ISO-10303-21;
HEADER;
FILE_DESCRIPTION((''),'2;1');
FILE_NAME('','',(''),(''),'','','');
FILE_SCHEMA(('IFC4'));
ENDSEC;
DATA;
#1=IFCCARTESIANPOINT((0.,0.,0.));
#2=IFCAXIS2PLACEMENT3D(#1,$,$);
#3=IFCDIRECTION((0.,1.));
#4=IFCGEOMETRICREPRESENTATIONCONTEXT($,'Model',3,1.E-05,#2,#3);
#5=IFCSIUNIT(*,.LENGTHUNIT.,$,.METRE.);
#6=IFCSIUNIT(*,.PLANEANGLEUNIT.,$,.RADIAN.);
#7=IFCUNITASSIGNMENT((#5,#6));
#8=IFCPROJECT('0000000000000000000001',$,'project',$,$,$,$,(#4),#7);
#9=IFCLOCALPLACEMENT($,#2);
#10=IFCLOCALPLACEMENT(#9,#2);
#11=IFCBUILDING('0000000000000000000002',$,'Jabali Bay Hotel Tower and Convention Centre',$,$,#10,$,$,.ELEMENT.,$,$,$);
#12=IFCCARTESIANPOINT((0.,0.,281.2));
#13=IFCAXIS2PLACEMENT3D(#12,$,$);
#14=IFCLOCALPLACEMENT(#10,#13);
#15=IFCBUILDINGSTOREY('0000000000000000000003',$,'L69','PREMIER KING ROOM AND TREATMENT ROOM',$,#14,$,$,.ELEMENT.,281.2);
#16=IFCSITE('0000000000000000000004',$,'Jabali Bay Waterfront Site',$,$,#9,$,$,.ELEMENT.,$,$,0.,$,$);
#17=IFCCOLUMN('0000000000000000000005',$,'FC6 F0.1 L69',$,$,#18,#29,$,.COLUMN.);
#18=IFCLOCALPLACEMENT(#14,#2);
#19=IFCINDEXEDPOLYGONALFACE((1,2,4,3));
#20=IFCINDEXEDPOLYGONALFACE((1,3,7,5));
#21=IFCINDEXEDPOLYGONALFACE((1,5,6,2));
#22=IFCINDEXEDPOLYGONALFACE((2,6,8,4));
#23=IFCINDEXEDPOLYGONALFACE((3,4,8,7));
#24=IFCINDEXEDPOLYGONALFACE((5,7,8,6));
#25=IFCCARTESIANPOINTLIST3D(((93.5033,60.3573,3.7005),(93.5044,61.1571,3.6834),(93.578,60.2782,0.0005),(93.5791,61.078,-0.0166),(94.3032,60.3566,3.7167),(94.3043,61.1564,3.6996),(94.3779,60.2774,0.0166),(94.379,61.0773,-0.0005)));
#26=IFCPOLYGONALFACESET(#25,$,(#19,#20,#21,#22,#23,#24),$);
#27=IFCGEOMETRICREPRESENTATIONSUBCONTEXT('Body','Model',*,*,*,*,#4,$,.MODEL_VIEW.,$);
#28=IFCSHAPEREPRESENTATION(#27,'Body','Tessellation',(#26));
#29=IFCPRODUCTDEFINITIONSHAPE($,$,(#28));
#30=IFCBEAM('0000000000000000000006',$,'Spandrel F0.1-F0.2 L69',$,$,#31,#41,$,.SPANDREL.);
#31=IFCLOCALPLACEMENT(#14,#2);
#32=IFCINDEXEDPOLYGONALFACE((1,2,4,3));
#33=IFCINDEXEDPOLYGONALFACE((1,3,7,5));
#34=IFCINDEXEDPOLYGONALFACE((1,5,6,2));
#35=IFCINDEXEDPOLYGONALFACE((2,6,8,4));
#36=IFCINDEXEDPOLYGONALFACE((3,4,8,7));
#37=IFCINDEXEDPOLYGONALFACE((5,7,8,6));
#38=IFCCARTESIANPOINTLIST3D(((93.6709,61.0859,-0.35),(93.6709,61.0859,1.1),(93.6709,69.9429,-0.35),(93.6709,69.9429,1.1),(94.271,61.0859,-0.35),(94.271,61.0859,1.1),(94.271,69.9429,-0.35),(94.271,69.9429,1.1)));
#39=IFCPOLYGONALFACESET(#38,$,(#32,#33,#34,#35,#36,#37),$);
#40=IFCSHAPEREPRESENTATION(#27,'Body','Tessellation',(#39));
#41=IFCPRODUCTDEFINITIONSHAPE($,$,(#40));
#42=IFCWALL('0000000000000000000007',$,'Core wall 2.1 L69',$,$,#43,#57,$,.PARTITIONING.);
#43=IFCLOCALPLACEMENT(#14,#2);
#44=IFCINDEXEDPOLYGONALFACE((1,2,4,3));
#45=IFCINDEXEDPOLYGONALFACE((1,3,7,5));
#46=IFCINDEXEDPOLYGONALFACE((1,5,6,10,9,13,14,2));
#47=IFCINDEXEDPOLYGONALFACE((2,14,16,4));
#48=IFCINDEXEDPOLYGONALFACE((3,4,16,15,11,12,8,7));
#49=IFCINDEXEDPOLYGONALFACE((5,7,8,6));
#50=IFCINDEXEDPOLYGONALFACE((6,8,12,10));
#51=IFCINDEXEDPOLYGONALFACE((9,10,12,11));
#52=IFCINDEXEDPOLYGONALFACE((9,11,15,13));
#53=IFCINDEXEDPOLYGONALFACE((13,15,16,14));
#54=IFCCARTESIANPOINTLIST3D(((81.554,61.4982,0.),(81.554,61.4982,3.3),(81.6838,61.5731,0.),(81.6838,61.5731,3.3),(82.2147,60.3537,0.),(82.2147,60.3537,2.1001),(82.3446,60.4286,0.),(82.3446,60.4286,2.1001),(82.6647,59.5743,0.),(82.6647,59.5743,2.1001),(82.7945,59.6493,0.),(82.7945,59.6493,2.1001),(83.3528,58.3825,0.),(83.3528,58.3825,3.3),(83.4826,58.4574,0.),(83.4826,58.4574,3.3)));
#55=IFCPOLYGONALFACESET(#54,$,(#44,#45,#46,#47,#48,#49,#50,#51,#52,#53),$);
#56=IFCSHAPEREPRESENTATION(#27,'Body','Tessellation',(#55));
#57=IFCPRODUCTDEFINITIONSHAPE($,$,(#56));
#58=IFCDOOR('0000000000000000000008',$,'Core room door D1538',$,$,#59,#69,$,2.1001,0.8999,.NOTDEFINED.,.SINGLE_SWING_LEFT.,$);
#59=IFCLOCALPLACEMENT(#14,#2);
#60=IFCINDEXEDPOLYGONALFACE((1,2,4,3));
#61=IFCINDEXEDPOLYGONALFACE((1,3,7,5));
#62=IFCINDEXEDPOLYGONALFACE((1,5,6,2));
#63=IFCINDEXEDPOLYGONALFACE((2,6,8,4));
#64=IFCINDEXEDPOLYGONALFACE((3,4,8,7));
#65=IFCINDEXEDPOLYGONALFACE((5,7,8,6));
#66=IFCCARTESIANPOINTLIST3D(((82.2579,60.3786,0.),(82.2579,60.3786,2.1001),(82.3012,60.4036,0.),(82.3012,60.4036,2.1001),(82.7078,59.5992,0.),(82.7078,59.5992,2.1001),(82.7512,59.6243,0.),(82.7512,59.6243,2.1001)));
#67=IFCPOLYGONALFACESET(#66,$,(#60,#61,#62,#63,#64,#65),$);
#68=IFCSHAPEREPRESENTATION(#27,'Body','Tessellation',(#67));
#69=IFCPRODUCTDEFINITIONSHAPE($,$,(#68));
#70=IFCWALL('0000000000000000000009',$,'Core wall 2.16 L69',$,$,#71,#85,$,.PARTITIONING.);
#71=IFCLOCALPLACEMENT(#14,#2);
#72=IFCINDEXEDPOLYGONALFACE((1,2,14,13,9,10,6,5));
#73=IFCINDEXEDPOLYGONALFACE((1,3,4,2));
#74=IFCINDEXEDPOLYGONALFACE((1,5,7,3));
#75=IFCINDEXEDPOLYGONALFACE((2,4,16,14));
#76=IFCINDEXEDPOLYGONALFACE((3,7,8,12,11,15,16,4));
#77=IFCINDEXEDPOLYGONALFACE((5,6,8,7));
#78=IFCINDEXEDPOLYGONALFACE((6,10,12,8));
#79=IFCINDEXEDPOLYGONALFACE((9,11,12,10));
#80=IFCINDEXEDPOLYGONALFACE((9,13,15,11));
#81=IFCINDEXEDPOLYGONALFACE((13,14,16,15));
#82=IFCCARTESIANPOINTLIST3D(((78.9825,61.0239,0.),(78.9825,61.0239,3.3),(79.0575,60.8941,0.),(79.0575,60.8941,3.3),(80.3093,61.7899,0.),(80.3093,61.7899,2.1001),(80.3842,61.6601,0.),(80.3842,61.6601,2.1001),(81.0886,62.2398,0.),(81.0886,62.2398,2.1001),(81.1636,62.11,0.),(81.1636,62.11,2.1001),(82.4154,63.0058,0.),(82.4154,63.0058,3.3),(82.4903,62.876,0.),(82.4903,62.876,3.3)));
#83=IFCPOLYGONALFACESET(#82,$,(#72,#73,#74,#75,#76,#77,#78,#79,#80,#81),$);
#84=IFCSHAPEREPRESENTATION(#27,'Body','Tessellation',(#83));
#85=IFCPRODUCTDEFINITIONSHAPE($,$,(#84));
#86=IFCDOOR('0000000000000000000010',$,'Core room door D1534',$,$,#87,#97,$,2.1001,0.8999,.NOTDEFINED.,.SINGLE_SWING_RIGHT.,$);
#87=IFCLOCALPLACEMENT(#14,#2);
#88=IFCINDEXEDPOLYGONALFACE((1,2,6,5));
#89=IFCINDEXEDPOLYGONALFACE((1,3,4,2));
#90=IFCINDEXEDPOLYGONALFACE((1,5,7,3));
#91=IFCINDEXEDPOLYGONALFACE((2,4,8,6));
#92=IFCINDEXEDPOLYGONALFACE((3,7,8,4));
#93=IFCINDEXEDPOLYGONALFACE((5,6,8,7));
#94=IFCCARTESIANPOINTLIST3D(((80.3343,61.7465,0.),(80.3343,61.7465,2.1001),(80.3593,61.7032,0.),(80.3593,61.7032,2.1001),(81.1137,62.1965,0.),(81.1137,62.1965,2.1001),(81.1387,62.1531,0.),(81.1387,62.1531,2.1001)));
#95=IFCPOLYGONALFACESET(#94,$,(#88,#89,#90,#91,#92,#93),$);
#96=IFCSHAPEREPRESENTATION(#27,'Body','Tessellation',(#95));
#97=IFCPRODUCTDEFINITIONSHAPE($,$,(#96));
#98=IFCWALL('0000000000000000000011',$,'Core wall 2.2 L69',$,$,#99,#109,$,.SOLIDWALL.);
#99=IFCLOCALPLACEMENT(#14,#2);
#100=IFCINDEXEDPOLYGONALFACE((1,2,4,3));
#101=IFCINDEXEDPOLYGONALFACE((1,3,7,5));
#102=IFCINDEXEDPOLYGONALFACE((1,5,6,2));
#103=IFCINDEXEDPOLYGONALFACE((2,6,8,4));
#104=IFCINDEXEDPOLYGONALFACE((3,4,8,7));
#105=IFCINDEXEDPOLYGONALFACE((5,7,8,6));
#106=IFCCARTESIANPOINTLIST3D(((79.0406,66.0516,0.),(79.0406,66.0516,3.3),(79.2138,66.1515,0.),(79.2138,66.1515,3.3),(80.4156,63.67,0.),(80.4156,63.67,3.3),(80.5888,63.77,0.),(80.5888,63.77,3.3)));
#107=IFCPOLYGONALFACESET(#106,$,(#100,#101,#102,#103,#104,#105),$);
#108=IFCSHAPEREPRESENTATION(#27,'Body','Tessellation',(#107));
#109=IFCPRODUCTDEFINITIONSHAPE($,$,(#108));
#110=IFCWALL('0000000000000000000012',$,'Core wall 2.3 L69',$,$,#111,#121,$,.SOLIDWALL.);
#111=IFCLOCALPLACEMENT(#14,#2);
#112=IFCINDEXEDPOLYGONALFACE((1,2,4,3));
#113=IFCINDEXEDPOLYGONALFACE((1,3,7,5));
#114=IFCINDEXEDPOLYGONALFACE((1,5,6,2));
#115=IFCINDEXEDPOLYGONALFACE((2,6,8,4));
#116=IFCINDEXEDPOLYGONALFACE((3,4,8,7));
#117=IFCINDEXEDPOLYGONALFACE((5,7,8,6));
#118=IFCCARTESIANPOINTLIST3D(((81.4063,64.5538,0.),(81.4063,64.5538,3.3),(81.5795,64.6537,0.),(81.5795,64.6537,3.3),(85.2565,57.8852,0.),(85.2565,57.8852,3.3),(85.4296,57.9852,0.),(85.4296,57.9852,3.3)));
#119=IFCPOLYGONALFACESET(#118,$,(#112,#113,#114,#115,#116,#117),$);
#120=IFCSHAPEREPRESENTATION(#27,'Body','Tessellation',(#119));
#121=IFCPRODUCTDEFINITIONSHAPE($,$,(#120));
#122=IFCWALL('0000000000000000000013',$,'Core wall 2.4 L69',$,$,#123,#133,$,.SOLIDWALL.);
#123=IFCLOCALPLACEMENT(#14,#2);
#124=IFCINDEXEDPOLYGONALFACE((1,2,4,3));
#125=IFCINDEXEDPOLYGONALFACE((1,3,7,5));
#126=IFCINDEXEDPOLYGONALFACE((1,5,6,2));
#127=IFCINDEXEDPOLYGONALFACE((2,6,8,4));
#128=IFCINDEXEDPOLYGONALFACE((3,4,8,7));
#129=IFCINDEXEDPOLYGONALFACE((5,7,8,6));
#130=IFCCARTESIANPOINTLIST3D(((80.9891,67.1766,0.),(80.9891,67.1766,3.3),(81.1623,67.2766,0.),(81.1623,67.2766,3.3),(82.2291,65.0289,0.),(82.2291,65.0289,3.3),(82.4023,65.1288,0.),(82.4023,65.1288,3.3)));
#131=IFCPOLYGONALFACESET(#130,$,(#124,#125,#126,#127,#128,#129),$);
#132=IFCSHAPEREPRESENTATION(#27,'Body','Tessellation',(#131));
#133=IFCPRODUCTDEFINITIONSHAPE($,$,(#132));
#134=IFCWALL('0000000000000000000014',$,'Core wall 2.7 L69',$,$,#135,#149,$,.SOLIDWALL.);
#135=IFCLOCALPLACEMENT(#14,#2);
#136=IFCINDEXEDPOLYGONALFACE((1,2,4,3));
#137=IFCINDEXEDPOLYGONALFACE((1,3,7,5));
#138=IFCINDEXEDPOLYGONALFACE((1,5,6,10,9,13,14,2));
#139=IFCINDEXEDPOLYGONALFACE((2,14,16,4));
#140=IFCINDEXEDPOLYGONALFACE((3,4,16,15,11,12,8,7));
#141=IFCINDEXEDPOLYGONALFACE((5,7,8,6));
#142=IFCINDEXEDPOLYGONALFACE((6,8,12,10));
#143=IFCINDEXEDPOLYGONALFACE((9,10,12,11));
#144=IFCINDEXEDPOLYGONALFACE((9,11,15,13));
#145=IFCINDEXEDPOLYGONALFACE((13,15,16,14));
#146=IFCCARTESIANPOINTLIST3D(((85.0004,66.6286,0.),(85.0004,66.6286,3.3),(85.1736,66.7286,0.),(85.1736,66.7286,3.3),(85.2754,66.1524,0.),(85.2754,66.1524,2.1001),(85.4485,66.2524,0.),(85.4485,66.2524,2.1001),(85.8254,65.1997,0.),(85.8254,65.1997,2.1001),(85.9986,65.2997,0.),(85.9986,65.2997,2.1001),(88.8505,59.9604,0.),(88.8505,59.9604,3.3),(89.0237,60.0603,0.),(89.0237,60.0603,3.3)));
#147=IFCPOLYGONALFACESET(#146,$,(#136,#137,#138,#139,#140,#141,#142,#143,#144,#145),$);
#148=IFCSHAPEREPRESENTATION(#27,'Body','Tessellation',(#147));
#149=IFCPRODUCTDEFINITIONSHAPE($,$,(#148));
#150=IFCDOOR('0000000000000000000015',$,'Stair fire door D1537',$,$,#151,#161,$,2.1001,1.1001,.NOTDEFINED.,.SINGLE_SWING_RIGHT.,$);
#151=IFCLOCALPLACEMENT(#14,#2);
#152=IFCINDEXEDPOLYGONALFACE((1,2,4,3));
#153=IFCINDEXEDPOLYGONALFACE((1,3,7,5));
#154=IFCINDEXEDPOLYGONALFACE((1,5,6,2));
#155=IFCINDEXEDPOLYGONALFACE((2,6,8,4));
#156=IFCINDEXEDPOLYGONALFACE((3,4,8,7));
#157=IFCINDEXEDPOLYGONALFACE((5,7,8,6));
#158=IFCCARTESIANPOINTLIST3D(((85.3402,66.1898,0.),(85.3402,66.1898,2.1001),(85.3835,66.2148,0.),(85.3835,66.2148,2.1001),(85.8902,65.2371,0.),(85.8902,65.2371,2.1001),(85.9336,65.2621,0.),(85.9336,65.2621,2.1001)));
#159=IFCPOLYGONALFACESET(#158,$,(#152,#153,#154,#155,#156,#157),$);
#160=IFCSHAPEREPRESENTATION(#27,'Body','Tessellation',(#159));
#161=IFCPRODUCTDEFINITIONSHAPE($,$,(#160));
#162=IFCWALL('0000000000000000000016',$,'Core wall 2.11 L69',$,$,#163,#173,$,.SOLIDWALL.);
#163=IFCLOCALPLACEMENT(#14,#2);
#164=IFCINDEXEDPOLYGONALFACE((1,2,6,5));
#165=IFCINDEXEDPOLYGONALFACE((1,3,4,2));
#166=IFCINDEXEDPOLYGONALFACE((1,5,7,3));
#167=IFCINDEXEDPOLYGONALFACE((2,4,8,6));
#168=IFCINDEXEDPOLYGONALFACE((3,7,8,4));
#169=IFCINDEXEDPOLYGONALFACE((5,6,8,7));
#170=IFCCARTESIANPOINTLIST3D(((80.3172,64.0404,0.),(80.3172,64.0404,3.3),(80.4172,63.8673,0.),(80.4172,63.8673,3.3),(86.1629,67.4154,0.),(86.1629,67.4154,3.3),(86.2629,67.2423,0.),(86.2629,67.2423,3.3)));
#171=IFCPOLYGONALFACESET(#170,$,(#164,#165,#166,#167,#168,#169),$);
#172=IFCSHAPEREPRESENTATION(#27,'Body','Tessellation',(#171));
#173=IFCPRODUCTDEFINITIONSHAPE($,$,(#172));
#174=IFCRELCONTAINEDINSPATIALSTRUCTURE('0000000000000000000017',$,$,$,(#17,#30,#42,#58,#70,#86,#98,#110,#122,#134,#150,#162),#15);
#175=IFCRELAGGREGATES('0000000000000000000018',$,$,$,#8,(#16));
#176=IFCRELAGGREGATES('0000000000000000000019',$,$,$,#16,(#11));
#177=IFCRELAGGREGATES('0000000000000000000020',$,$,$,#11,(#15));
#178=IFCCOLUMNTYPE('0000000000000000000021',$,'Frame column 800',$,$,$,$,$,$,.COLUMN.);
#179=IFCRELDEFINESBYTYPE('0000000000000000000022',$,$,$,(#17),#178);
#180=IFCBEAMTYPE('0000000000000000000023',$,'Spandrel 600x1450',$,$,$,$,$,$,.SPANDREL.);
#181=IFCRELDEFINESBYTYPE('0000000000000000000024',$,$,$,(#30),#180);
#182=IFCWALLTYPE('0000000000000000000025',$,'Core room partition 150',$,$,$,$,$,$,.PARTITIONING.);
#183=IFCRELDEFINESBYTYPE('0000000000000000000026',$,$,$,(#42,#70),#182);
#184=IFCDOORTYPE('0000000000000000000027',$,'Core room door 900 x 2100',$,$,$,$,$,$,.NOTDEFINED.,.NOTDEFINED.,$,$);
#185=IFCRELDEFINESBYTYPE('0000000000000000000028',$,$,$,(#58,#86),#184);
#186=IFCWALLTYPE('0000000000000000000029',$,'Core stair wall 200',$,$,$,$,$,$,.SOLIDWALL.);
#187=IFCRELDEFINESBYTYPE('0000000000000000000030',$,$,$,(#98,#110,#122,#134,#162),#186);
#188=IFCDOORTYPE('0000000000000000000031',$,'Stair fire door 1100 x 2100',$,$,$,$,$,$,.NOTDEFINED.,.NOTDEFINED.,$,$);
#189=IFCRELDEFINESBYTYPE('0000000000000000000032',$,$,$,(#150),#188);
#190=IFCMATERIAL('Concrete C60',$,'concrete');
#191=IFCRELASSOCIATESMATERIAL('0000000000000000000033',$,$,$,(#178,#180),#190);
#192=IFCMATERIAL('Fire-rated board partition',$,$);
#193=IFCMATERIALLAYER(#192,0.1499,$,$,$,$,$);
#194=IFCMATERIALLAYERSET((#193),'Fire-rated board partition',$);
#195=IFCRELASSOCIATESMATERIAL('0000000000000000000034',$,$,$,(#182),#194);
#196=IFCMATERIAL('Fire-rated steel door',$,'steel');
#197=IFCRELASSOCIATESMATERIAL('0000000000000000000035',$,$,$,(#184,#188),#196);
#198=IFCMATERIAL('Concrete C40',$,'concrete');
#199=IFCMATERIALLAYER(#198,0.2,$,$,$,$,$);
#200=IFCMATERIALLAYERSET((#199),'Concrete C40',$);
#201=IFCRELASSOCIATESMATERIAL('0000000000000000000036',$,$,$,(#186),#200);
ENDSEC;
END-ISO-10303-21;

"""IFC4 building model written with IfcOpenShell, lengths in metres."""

from ifc_helpers import new_model, si_unit, direction, frame, frame_2d, origin, origin_2d, place, context, subcontext, project, spatial, rectangle, extrude, material, layer, layer_set, material_profile, profile_set, type_object, element, fill, save


model = new_model("IFC4")

# Units and contexts
model_context = context("Model", 3, precision=1e-05, world=origin(), true_north=direction((0.0, 1.0)))
body_context = subcontext(model_context, "Body", "Model", "MODEL_VIEW")
ifc_project = project(units=[si_unit("LENGTHUNIT", "METRE"), si_unit("PLANEANGLEUNIT", "RADIAN")], contexts=[model_context])

# Site, building, storey
site_placement = place(None, origin())
site = spatial("IfcSite", under=ifc_project, at=site_placement, Name="Jabali Bay Waterfront Site", CompositionType="ELEMENT", RefElevation=0.0)
building_placement = place(site_placement, origin())
building = spatial("IfcBuilding", under=site, at=building_placement, Name="Jabali Bay Hotel Tower and Convention Centre", CompositionType="ELEMENT")
storey_placement = place(building_placement, frame((0.0, 0.0, 281.2)))
storey = spatial("IfcBuildingStorey", under=building, at=storey_placement, Name="L69", Description="PREMIER KING ROOM AND TREATMENT ROOM", CompositionType="ELEMENT", Elevation=281.2)

# Column
ifc_material_1 = material(Name="Concrete C60", Category="concrete")
ifc_material_profile_1 = material_profile(ifc_material_1, rectangle(XDim=0.8, YDim=0.8, at=origin_2d()), Name="Frame column 800")
ifc_profile_set_1 = profile_set([ifc_material_profile_1], Name="Concrete C60")
column_type = type_object("IfcColumnType", Name="Frame column 800", PredefinedType="COLUMN", material=ifc_profile_set_1)
column_placement = place(storey_placement, frame((93.9785, 60.6777, 0.0), z_axis=(-0.020183, 0.02137, 0.999568), x_axis=(-0.001315, -0.999771, 0.021348)))
element("IfcColumn", 1, at=column_placement, inside=storey, type_object=column_type, Name="FC6 F0.1 L69", PredefinedType="COLUMN", context=body_context, shape_type="SweptSolid", body=[
    extrude(rectangle(XDim=0.8, YDim=0.8, at=origin_2d()), origin(), (0.0, 0.0, 1.0), 3.7017),
])

# Beam
ifc_material_profile_2 = material_profile(ifc_material_1, rectangle(XDim=0.6001, YDim=1.45, at=origin_2d()), Name="Spandrel 600x1450")
ifc_profile_set_2 = profile_set([ifc_material_profile_2], Name="Concrete C60")
beam_type = type_object("IfcBeamType", Name="Spandrel 600x1450", PredefinedType="SPANDREL", material=ifc_profile_set_2)
beam_placement = place(storey_placement, frame((93.9709, 61.0859, 0.375), z_axis=(0.0, 1.0, 0.0), x_axis=(-1.0, 0.0, 0.0)))
element("IfcBeam", 2, at=beam_placement, inside=storey, type_object=beam_type, Name="Spandrel F0.1-F0.2 L69", PredefinedType="SPANDREL", context=body_context, shape_type="SweptSolid", body=[
    extrude(rectangle(XDim=0.6001, YDim=1.45, at=origin_2d()), origin(), (0.0, 0.0, 1.0), 8.8569),
])

# Walls, openings, doors
ifc_material_2 = material(Name="Fire-rated board partition")
ifc_layer_1 = layer(ifc_material_2, 0.1499)
ifc_layer_set_1 = layer_set([ifc_layer_1], Name="Fire-rated board partition")
wall_type_1 = type_object("IfcWallType", Name="Core room partition 150", PredefinedType="PARTITIONING", material=ifc_layer_set_1)
wall_1_placement = place(storey_placement, frame((81.6189, 61.5356, 0.0), z_axis=(0.0, 0.0, 1.0), x_axis=(0.499993, -0.86603, 0.0)))
wall_1 = element("IfcWall", 3, at=wall_1_placement, inside=storey, type_object=wall_type_1, Name="Core wall 2.1 L69", PredefinedType="PARTITIONING", context=body_context, shape_type="SweptSolid", body=[
    extrude(rectangle(XDim=3.5977, YDim=0.1499, at=frame_2d((1.7988, 0.0))), origin(), (0.0, 0.0, 1.0), 3.3),
])
opening_1_placement = place(wall_1_placement, frame((1.3215, 0.0, 0.0)))
opening_1 = element("IfcOpeningElement", 4, at=opening_1_placement, cuts=wall_1, PredefinedType="OPENING", context=body_context, shape_type="SweptSolid", body=[
    extrude(rectangle(XDim=0.8999, YDim=2.1001, at=frame_2d((0.45, 1.05))), frame((0.0, 0.0854, 0.0), z_axis=(0.0, -1.0, 0.0), x_axis=(1.0, 0.0, 0.0)), (0.0, 0.0, 1.0), 0.1709),
])
ifc_material_3 = material(Name="Fire-rated steel door", Category="steel")
door_type_1 = type_object("IfcDoorType", Name="Core room door 900 x 2100", OperationType="NOTDEFINED", PredefinedType="NOTDEFINED", material=ifc_material_3)
door_1_placement = place(opening_1_placement, origin())
door_1 = element("IfcDoor", 5, at=door_1_placement, inside=storey, type_object=door_type_1, Name="Core room door D1538", OperationType="SINGLE_SWING_LEFT", OverallHeight=2.1001, OverallWidth=0.8999, PredefinedType="NOTDEFINED", context=body_context, shape_type="SweptSolid", body=[
    extrude(rectangle(XDim=0.8999, YDim=2.1001, at=frame_2d((0.45, 1.05))), frame((0.0, 0.0249, 0.0), z_axis=(0.0, -1.0, 0.0), x_axis=(1.0, 0.0, 0.0)), (0.0, 0.0, 1.0), 0.05),
])
fill(opening_1, door_1)
wall_2_placement = place(storey_placement, frame((79.02, 60.959, 0.0), z_axis=(0.0, 0.0, 1.0), x_axis=(0.866029, 0.499994, 0.0)))
wall_2 = element("IfcWall", 6, at=wall_2_placement, inside=storey, type_object=wall_type_1, Name="Core wall 2.16 L69", PredefinedType="PARTITIONING", context=body_context, shape_type="SweptSolid", body=[
    extrude(rectangle(XDim=3.9639, YDim=0.1499, at=frame_2d((1.9819, 0.0))), origin(), (0.0, 0.0, 1.0), 3.3),
])
opening_2_placement = place(wall_2_placement, frame((1.532, 0.0, 0.0)))
opening_2 = element("IfcOpeningElement", 7, at=opening_2_placement, cuts=wall_2, PredefinedType="OPENING", context=body_context, shape_type="SweptSolid", body=[
    extrude(rectangle(XDim=0.8999, YDim=2.1001, at=frame_2d((0.45, 1.05))), frame((0.0, 0.0854, 0.0), z_axis=(0.0, -1.0, 0.0), x_axis=(1.0, 0.0, 0.0)), (0.0, 0.0, 1.0), 0.1709),
])
door_2_placement = place(opening_2_placement, origin())
door_2 = element("IfcDoor", 8, at=door_2_placement, inside=storey, type_object=door_type_1, Name="Core room door D1534", OperationType="SINGLE_SWING_RIGHT", OverallHeight=2.1001, OverallWidth=0.8999, PredefinedType="NOTDEFINED", context=body_context, shape_type="SweptSolid", body=[
    extrude(rectangle(XDim=0.8999, YDim=2.1001, at=frame_2d((0.45, 1.05))), frame((0.0, 0.0249, 0.0), z_axis=(0.0, -1.0, 0.0), x_axis=(1.0, 0.0, 0.0)), (0.0, 0.0, 1.0), 0.05),
])
fill(opening_2, door_2)

# Walls
ifc_material_4 = material(Name="Concrete C40", Category="concrete")
ifc_layer_2 = layer(ifc_material_4, 0.2)
ifc_layer_set_2 = layer_set([ifc_layer_2], Name="Concrete C40")
wall_type_2 = type_object("IfcWallType", Name="Core stair wall 200", PredefinedType="SOLIDWALL", material=ifc_layer_set_2)
wall_3_placement = place(storey_placement, frame((79.1272, 66.1016, 0.0), z_axis=(0.0, 0.0, 1.0), x_axis=(0.499997, -0.866027, 0.0)))
element("IfcWall", 9, at=wall_3_placement, inside=storey, type_object=wall_type_2, Name="Core wall 2.2 L69", PredefinedType="SOLIDWALL", context=body_context, shape_type="SweptSolid", body=[
    extrude(rectangle(XDim=2.75, YDim=0.2, at=frame_2d((1.375, 0.0))), origin(), (0.0, 0.0, 1.0), 3.3),
])
wall_4_placement = place(storey_placement, frame((81.4929, 64.6038, 0.0), z_axis=(0.0, 0.0, 1.0), x_axis=(0.500006, -0.866022, 0.0)))
element("IfcWall", 10, at=wall_4_placement, inside=storey, type_object=wall_type_2, Name="Core wall 2.3 L69", PredefinedType="SOLIDWALL", context=body_context, shape_type="SweptSolid", body=[
    extrude(rectangle(XDim=7.7002, YDim=0.2, at=frame_2d((3.8501, 0.0))), origin(), (0.0, 0.0, 1.0), 3.3),
])
wall_5_placement = place(storey_placement, frame((81.0757, 67.2266, 0.0), z_axis=(0.0, 0.0, 1.0), x_axis=(0.500004, -0.866023, 0.0)))
element("IfcWall", 11, at=wall_5_placement, inside=storey, type_object=wall_type_2, Name="Core wall 2.4 L69", PredefinedType="SOLIDWALL", context=body_context, shape_type="SweptSolid", body=[
    extrude(rectangle(XDim=2.48, YDim=0.2, at=frame_2d((1.24, 0.0))), origin(), (0.0, 0.0, 1.0), 3.3),
])

# Wall, opening, door
wall_6_placement = place(storey_placement, frame((85.0869, 66.6787, 0.0), z_axis=(0.0, 0.0, 1.0), x_axis=(0.50002, -0.866014, 0.0)))
wall_6 = element("IfcWall", 12, at=wall_6_placement, inside=storey, type_object=wall_type_2, Name="Core wall 2.7 L69", PredefinedType="SOLIDWALL", context=body_context, shape_type="SweptSolid", body=[
    extrude(rectangle(XDim=7.7, YDim=0.2, at=frame_2d((3.8501, 0.0))), origin(), (0.0, 0.0, 1.0), 3.3),
])
opening_3_placement = place(wall_6_placement, frame((0.55, 0.0, 0.0)))
opening_3 = element("IfcOpeningElement", 13, at=opening_3_placement, cuts=wall_6, PredefinedType="OPENING", context=body_context, shape_type="SweptSolid", body=[
    extrude(rectangle(XDim=1.1001, YDim=2.1001, at=frame_2d((0.55, 1.05))), frame((0.0, 0.1104, 0.0), z_axis=(0.0, -1.0, 0.0), x_axis=(1.0, 0.0, 0.0)), (0.0, 0.0, 1.0), 0.2209),
])
door_type_2 = type_object("IfcDoorType", Name="Stair fire door 1100 x 2100", OperationType="NOTDEFINED", PredefinedType="NOTDEFINED", material=ifc_material_3)
door_3_placement = place(opening_3_placement, origin())
door_3 = element("IfcDoor", 14, at=door_3_placement, inside=storey, type_object=door_type_2, Name="Stair fire door D1537", OperationType="SINGLE_SWING_RIGHT", OverallHeight=2.1001, OverallWidth=1.1001, PredefinedType="NOTDEFINED", context=body_context, shape_type="SweptSolid", body=[
    extrude(rectangle(XDim=1.1001, YDim=2.1001, at=frame_2d((0.55, 1.05))), frame((0.0, 0.0249, 0.0), z_axis=(0.0, -1.0, 0.0), x_axis=(1.0, 0.0, 0.0)), (0.0, 0.0, 1.0), 0.05),
])
fill(opening_3, door_3)

# Wall
wall_7_placement = place(storey_placement, frame((80.3672, 63.9539, 0.0), z_axis=(0.0, 0.0, 1.0), x_axis=(0.866027, 0.499998, 0.0)))
element("IfcWall", 15, at=wall_7_placement, inside=storey, type_object=wall_type_2, Name="Core wall 2.11 L69", PredefinedType="SOLIDWALL", context=body_context, shape_type="SweptSolid", body=[
    extrude(rectangle(XDim=6.75, YDim=0.2, at=frame_2d((3.375, 0.0))), origin(), (0.0, 0.0, 1.0), 3.3),
])

save(model, "model.ifc")
